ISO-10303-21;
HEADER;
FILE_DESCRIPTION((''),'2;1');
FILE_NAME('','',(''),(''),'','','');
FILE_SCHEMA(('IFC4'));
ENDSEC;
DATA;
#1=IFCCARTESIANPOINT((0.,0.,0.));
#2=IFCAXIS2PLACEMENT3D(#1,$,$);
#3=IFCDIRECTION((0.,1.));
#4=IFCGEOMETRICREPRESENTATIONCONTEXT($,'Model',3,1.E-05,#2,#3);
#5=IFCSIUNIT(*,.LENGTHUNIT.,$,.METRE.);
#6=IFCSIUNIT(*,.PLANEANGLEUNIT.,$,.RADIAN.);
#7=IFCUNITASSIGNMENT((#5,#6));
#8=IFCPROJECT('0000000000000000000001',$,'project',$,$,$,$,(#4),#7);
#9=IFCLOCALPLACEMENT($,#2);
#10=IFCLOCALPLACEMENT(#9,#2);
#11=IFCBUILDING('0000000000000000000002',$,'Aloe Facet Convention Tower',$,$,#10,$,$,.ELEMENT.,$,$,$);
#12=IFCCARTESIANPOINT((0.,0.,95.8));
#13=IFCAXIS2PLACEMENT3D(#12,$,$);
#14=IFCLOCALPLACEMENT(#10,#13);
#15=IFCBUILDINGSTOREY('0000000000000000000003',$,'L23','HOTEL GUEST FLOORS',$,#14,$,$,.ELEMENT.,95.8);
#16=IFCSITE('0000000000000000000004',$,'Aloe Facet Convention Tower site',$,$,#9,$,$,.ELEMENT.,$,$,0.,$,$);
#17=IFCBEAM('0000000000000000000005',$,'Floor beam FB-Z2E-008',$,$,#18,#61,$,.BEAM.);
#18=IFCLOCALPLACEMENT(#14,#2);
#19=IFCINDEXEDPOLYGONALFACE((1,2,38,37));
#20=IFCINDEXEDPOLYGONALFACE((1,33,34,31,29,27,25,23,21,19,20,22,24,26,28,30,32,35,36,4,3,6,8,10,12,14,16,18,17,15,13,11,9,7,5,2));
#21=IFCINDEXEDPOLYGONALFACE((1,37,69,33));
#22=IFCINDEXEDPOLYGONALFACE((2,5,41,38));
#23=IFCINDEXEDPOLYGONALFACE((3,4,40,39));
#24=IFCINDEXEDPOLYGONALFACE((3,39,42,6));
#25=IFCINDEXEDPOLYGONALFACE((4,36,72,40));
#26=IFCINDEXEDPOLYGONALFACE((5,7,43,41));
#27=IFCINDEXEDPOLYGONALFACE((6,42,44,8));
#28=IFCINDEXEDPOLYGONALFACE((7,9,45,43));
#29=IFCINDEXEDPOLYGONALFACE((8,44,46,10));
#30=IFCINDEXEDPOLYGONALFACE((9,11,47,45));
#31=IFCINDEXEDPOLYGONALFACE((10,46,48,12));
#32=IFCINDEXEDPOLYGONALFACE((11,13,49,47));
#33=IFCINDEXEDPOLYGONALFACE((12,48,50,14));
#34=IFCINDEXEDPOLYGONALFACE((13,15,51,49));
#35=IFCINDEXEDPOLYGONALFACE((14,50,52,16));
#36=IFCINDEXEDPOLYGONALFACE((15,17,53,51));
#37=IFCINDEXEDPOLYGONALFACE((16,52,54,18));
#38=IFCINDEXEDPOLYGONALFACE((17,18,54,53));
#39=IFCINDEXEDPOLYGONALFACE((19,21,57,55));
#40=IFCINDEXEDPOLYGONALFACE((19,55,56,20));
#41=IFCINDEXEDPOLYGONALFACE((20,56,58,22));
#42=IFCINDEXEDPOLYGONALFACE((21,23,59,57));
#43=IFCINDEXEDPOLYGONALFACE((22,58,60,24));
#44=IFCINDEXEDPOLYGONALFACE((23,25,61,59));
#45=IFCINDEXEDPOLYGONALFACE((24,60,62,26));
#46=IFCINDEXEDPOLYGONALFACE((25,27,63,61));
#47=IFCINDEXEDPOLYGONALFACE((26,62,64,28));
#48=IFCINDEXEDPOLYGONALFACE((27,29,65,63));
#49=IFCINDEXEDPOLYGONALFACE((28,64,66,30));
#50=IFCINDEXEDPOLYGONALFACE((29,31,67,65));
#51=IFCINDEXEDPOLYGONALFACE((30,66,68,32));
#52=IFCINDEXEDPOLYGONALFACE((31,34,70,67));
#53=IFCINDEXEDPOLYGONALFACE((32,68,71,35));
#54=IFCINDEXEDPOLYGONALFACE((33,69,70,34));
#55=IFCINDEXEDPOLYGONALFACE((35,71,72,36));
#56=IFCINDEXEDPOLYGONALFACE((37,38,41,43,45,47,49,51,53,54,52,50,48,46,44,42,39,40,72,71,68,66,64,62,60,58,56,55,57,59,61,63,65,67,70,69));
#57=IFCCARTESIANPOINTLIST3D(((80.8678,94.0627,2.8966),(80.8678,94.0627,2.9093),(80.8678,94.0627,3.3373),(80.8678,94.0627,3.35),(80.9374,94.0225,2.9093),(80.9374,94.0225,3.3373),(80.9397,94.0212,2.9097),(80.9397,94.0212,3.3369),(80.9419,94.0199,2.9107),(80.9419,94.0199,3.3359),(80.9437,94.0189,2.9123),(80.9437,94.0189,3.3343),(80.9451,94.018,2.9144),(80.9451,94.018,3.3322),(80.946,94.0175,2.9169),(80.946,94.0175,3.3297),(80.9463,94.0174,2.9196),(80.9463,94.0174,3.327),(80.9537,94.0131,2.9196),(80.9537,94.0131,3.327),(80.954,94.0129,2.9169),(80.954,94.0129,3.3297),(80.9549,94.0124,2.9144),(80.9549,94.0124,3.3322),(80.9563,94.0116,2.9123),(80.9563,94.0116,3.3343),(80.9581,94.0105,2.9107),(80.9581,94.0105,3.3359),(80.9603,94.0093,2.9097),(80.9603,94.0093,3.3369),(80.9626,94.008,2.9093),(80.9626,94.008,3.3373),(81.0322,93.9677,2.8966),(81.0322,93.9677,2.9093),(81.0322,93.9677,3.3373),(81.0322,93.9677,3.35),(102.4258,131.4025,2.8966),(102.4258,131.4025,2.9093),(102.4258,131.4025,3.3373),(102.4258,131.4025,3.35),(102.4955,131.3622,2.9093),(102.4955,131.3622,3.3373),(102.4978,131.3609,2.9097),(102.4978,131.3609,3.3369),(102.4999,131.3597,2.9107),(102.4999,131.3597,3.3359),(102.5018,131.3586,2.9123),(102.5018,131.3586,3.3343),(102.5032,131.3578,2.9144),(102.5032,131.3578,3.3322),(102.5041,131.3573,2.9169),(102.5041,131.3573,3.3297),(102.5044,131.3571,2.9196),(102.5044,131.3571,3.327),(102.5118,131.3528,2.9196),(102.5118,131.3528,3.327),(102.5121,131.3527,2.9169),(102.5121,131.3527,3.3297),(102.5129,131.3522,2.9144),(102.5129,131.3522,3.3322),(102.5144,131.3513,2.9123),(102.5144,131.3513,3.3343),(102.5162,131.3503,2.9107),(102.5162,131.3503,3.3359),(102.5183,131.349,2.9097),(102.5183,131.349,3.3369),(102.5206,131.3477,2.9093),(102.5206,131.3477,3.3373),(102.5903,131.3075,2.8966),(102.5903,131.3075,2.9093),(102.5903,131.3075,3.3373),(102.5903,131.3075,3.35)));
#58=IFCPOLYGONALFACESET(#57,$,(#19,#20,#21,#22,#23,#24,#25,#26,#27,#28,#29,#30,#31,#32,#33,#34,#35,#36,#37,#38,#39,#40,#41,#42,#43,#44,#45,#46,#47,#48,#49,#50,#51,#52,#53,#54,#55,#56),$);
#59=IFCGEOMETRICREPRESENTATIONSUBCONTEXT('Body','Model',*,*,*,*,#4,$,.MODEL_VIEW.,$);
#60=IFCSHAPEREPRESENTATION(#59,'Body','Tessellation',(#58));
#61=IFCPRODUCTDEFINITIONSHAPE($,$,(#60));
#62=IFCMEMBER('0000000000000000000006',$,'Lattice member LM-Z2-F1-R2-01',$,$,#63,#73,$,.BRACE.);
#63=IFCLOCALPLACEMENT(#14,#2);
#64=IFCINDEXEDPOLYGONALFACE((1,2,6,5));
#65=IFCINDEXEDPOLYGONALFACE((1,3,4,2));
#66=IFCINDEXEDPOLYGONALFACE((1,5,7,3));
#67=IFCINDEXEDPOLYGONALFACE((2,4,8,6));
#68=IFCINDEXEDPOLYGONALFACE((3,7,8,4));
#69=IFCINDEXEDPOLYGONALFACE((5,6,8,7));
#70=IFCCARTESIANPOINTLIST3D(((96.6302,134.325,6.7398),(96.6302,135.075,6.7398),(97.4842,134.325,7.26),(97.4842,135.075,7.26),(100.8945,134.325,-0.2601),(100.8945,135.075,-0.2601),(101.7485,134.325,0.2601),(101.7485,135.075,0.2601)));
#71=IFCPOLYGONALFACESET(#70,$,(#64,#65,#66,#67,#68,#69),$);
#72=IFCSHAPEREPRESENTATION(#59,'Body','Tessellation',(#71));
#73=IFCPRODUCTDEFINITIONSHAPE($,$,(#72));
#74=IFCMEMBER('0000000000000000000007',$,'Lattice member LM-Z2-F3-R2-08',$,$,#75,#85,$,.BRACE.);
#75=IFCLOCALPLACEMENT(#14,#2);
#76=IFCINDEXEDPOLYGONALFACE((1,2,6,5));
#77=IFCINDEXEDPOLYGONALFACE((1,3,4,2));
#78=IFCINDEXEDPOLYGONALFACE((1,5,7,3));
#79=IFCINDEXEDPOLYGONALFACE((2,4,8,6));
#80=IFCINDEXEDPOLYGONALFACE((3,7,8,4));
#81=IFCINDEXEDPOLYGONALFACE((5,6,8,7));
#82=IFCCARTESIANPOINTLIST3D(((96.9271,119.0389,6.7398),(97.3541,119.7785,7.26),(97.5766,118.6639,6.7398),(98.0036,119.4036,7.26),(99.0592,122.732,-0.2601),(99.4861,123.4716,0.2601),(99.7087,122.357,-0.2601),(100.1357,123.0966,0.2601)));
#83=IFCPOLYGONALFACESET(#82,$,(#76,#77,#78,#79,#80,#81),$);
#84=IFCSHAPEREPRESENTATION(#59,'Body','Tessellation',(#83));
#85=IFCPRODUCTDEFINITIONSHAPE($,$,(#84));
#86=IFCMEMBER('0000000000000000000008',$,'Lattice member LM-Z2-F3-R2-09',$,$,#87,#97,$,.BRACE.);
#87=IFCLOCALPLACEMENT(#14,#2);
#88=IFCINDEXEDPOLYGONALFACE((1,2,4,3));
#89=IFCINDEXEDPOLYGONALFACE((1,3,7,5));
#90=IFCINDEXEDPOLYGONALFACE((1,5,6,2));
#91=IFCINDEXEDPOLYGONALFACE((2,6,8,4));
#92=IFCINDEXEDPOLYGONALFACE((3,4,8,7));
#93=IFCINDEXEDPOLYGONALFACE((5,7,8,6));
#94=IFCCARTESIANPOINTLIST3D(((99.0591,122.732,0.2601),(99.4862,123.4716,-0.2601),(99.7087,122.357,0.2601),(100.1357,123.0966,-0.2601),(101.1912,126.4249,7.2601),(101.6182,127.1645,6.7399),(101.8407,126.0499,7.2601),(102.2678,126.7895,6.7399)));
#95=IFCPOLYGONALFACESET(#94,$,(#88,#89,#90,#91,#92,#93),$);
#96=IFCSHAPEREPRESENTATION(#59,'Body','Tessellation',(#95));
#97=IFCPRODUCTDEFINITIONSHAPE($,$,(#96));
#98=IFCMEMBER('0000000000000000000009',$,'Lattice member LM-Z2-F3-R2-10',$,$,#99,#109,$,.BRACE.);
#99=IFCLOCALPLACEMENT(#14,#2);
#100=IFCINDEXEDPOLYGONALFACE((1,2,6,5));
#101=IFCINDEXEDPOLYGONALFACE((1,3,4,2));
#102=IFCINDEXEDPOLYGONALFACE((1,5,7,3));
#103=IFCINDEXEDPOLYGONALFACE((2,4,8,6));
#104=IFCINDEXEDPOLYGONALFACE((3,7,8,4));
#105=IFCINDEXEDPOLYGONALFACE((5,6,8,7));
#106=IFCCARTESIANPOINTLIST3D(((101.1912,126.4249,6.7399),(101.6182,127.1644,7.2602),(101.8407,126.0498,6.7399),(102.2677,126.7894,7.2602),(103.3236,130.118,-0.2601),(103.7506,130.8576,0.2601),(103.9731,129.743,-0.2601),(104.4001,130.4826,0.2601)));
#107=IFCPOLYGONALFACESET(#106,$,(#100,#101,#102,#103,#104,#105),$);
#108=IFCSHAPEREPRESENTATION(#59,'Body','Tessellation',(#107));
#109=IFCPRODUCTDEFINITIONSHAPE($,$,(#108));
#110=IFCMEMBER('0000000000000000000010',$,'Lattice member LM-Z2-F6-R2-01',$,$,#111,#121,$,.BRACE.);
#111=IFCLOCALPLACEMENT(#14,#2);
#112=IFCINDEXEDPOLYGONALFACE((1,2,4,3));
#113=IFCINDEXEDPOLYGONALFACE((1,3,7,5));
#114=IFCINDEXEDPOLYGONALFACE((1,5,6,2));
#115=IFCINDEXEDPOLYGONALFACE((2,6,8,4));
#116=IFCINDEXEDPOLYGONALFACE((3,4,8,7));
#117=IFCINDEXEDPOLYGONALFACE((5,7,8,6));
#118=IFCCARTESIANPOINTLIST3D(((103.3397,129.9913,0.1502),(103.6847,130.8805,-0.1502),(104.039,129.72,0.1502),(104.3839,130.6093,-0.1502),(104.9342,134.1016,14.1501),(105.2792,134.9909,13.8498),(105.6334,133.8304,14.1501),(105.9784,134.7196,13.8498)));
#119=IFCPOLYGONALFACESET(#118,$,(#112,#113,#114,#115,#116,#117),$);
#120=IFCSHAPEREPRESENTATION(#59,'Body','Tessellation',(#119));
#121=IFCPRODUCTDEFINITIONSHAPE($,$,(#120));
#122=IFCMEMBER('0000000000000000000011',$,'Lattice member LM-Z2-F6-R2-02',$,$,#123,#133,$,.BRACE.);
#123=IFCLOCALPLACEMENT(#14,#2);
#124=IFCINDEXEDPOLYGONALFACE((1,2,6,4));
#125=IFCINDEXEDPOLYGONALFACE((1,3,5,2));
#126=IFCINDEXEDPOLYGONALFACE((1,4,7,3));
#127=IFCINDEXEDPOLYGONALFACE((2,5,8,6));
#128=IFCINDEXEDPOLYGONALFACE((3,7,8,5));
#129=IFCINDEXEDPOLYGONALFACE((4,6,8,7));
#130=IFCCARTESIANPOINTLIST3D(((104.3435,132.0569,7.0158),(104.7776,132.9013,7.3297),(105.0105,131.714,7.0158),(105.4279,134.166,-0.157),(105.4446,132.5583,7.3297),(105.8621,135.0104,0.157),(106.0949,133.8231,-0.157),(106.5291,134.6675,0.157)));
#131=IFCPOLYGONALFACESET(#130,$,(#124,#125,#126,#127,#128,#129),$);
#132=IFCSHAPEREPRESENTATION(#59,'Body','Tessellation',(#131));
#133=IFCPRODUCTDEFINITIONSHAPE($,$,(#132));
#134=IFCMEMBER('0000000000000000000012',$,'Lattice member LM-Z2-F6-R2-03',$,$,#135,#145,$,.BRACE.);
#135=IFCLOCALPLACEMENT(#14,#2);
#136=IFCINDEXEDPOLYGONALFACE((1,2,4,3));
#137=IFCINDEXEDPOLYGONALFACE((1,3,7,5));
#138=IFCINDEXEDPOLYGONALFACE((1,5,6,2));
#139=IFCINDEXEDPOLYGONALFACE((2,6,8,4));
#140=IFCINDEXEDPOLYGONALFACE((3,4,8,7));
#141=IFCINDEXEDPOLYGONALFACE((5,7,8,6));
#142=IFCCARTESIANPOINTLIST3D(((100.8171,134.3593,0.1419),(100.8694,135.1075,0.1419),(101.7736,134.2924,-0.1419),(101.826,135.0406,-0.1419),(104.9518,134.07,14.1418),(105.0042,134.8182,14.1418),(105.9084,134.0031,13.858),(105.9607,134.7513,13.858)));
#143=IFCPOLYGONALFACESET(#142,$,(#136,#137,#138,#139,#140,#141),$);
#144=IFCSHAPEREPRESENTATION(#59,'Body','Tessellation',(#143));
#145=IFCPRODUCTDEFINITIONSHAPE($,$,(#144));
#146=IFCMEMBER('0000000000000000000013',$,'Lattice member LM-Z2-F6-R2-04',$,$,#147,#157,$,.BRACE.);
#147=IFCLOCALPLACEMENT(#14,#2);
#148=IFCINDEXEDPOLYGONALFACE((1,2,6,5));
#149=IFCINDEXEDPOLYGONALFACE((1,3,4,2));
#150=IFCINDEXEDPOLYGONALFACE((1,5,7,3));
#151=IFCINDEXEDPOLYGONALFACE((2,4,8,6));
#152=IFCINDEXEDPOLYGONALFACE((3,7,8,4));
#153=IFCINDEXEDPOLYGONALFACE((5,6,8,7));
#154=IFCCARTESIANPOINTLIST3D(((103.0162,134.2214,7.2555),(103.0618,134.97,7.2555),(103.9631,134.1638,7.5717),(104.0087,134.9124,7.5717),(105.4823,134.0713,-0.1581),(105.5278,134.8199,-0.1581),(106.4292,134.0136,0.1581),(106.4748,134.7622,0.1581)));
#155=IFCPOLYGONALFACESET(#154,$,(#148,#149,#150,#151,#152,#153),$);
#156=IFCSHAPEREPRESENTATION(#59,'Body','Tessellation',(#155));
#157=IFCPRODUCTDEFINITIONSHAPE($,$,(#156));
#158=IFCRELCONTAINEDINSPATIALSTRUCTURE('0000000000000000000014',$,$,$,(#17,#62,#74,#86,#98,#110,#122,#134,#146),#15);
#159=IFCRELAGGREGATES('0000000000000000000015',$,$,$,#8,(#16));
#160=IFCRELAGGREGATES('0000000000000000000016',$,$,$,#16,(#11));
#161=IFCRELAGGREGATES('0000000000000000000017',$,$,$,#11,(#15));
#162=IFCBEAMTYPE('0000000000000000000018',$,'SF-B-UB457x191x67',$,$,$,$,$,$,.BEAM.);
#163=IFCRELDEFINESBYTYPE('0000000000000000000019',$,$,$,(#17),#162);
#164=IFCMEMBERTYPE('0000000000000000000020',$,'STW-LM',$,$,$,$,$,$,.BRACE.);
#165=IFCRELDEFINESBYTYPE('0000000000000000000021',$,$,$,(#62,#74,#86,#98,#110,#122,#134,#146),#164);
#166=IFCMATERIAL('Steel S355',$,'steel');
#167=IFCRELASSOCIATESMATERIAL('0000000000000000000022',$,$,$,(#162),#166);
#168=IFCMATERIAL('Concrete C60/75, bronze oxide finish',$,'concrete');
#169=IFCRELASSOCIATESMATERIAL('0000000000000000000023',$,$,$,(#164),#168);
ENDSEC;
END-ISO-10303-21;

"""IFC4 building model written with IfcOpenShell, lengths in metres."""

from ifc_helpers import new_model, si_unit, direction, frame, origin, origin_2d, place, context, subcontext, project, spatial, rectangle, i_section, extrude, material, material_profile, profile_set, type_object, element, save


model = new_model("IFC4")

# Units and contexts
model_context = context("Model", 3, precision=1e-05, world=origin(), true_north=direction((0.0, 1.0)))
body_context = subcontext(model_context, "Body", "Model", "MODEL_VIEW")
ifc_project = project(units=[si_unit("LENGTHUNIT", "METRE"), si_unit("PLANEANGLEUNIT", "RADIAN")], contexts=[model_context])

# Site, building, storey
site_placement = place(None, origin())
site = spatial("IfcSite", under=ifc_project, at=site_placement, Name="Aloe Facet Convention Tower site", CompositionType="ELEMENT", RefElevation=0.0)
building_placement = place(site_placement, origin())
building = spatial("IfcBuilding", under=site, at=building_placement, Name="Aloe Facet Convention Tower", CompositionType="ELEMENT")
storey_placement = place(building_placement, frame((0.0, 0.0, 95.8)))
storey = spatial("IfcBuildingStorey", under=building, at=storey_placement, Name="L23", Description="HOTEL GUEST FLOORS", CompositionType="ELEMENT", Elevation=95.8)

# Beam
ifc_material_1 = material(Name="Steel S355", Category="steel")
ifc_material_profile_1 = material_profile(ifc_material_1, i_section(OverallWidth=0.1899, OverallDepth=0.4534, WebThickness=0.0085, FlangeThickness=0.0127, FilletRadius=0.0103, at=origin_2d()), Name="UB 457x191x67")
ifc_profile_set_1 = profile_set([ifc_material_profile_1], Name="Steel S355")
beam_type_1 = type_object("IfcBeamType", Name="SF-B-UB457x191x67", PredefinedType="BEAM", material=ifc_profile_set_1)
beam_1_placement = place(storey_placement, frame((102.5081, 131.355, 3.1233), z_axis=(-0.499999, -0.866026, 0.0), x_axis=(0.866026, -0.499999, 0.0)))
element("IfcBeam", 1, at=beam_1_placement, inside=storey, type_object=beam_type_1, Name="Floor beam FB-Z2E-008", PredefinedType="BEAM", context=body_context, shape_type="SweptSolid", body=[
    extrude(i_section(OverallWidth=0.1899, OverallDepth=0.4534, WebThickness=0.0085, FlangeThickness=0.0127, FilletRadius=0.0103, at=origin_2d()), origin(), (0.0, 0.0, 1.0), 43.1162),
])

# Members
ifc_material_2 = material(Name="Concrete C60/75, bronze oxide finish", Category="concrete")
ifc_material_profile_2 = material_profile(ifc_material_2, rectangle(XDim=0.75, YDim=1.0, at=origin_2d()), Name="STW-LM")
ifc_profile_set_2 = profile_set([ifc_material_profile_2], Name="Concrete C60/75, bronze oxide finish")
member_type = type_object("IfcMemberType", Name="STW-LM", PredefinedType="BRACE", material=ifc_profile_set_2)
for number, where, z_axis, x_axis, name in (
    (2, (101.3215, 134.7, 0.0), (-0.520262, 0.0, 0.854007), (0.0, -1.0, 0.0), "Lattice member LM-Z2-F1-R2-01"),
    (3, (99.5974, 122.9143, 0.0), (-0.260116, -0.450565, 0.854009), (0.86604, -0.499975, 0.0), "Lattice member LM-Z2-F3-R2-08"),
    (4, (99.5974, 122.9143, 0.0), (0.26012, 0.450541, 0.85402), (-0.866025, 0.5, 0.0), "Lattice member LM-Z2-F3-R2-09"),
):
    element("IfcMember", number, at=place(storey_placement, frame(where, z_axis=z_axis, x_axis=x_axis)), inside=storey, type_object=member_type, Name=name, PredefinedType="BRACE", context=body_context, shape_type="SweptSolid", body=[
        extrude(rectangle(XDim=0.75, YDim=1.0, at=origin_2d()), origin(), (0.0, 0.0, 1.0), 8.1965),
    ])
member_1_placement = place(storey_placement, frame((103.8618, 130.3003, 0.0), z_axis=(-0.260144, -0.450561, 0.854002), x_axis=(0.866015, -0.500018, 0.0)))
element("IfcMember", 5, at=member_1_placement, inside=storey, type_object=member_type, Name="Lattice member LM-Z2-F3-R2-10", PredefinedType="BRACE", context=body_context, shape_type="SweptSolid", body=[
    extrude(rectangle(XDim=0.75, YDim=1.0, at=origin_2d()), origin(), (0.0, 0.0, 1.0), 8.1968),
])
member_2_placement = place(storey_placement, frame((103.8618, 130.3003, 0.0), z_axis=(0.108632, 0.280039, 0.953822), x_axis=(-0.93231, 0.36166, 0.0)))
element("IfcMember", 6, at=member_2_placement, inside=storey, type_object=member_type, Name="Lattice member LM-Z2-F6-R2-01", PredefinedType="BRACE", context=body_context, shape_type="SweptSolid", body=[
    extrude(rectangle(XDim=0.75, YDim=1.0, at=origin_2d()), origin(), (0.0, 0.0, 1.0), 14.6777),
])
member_3_placement = place(storey_placement, frame((105.9785, 134.4167, 0.0), z_axis=(-0.143548, -0.279179, 0.949449), x_axis=(0.889326, -0.457274, 0.0)))
element("IfcMember", 7, at=member_3_placement, inside=storey, type_object=member_type, Name="Lattice member LM-Z2-F6-R2-02", PredefinedType="BRACE", context=body_context, shape_type="SweptSolid", body=[
    extrude(rectangle(XDim=0.75, YDim=1.0, at=origin_2d()), origin(), (0.0, 0.0, 1.0), 7.5547),
])
member_4_placement = place(storey_placement, frame((101.3215, 134.7, 0.0), z_axis=(0.28319, -0.019815, 0.958859), x_axis=(0.069799, 0.997561, 0.0)))
element("IfcMember", 8, at=member_4_placement, inside=storey, type_object=member_type, Name="Lattice member LM-Z2-F6-R2-03", PredefinedType="BRACE", context=body_context, shape_type="SweptSolid", body=[
    extrude(rectangle(XDim=0.75, YDim=1.0, at=origin_2d()), origin(), (0.0, 0.0, 1.0), 14.6006),
])
member_5_placement = place(storey_placement, frame((105.9785, 134.4167, 0.0), z_axis=(-0.315579, 0.019214, 0.948705), x_axis=(-0.060773, -0.998152, 0.0)))
element("IfcMember", 9, at=member_5_placement, inside=storey, type_object=member_type, Name="Lattice member LM-Z2-F6-R2-04", PredefinedType="BRACE", context=body_context, shape_type="SweptSolid", body=[
    extrude(rectangle(XDim=0.75, YDim=1.0, at=origin_2d()), origin(), (0.0, 0.0, 1.0), 7.8145),
])

save(model, "model.ifc")
